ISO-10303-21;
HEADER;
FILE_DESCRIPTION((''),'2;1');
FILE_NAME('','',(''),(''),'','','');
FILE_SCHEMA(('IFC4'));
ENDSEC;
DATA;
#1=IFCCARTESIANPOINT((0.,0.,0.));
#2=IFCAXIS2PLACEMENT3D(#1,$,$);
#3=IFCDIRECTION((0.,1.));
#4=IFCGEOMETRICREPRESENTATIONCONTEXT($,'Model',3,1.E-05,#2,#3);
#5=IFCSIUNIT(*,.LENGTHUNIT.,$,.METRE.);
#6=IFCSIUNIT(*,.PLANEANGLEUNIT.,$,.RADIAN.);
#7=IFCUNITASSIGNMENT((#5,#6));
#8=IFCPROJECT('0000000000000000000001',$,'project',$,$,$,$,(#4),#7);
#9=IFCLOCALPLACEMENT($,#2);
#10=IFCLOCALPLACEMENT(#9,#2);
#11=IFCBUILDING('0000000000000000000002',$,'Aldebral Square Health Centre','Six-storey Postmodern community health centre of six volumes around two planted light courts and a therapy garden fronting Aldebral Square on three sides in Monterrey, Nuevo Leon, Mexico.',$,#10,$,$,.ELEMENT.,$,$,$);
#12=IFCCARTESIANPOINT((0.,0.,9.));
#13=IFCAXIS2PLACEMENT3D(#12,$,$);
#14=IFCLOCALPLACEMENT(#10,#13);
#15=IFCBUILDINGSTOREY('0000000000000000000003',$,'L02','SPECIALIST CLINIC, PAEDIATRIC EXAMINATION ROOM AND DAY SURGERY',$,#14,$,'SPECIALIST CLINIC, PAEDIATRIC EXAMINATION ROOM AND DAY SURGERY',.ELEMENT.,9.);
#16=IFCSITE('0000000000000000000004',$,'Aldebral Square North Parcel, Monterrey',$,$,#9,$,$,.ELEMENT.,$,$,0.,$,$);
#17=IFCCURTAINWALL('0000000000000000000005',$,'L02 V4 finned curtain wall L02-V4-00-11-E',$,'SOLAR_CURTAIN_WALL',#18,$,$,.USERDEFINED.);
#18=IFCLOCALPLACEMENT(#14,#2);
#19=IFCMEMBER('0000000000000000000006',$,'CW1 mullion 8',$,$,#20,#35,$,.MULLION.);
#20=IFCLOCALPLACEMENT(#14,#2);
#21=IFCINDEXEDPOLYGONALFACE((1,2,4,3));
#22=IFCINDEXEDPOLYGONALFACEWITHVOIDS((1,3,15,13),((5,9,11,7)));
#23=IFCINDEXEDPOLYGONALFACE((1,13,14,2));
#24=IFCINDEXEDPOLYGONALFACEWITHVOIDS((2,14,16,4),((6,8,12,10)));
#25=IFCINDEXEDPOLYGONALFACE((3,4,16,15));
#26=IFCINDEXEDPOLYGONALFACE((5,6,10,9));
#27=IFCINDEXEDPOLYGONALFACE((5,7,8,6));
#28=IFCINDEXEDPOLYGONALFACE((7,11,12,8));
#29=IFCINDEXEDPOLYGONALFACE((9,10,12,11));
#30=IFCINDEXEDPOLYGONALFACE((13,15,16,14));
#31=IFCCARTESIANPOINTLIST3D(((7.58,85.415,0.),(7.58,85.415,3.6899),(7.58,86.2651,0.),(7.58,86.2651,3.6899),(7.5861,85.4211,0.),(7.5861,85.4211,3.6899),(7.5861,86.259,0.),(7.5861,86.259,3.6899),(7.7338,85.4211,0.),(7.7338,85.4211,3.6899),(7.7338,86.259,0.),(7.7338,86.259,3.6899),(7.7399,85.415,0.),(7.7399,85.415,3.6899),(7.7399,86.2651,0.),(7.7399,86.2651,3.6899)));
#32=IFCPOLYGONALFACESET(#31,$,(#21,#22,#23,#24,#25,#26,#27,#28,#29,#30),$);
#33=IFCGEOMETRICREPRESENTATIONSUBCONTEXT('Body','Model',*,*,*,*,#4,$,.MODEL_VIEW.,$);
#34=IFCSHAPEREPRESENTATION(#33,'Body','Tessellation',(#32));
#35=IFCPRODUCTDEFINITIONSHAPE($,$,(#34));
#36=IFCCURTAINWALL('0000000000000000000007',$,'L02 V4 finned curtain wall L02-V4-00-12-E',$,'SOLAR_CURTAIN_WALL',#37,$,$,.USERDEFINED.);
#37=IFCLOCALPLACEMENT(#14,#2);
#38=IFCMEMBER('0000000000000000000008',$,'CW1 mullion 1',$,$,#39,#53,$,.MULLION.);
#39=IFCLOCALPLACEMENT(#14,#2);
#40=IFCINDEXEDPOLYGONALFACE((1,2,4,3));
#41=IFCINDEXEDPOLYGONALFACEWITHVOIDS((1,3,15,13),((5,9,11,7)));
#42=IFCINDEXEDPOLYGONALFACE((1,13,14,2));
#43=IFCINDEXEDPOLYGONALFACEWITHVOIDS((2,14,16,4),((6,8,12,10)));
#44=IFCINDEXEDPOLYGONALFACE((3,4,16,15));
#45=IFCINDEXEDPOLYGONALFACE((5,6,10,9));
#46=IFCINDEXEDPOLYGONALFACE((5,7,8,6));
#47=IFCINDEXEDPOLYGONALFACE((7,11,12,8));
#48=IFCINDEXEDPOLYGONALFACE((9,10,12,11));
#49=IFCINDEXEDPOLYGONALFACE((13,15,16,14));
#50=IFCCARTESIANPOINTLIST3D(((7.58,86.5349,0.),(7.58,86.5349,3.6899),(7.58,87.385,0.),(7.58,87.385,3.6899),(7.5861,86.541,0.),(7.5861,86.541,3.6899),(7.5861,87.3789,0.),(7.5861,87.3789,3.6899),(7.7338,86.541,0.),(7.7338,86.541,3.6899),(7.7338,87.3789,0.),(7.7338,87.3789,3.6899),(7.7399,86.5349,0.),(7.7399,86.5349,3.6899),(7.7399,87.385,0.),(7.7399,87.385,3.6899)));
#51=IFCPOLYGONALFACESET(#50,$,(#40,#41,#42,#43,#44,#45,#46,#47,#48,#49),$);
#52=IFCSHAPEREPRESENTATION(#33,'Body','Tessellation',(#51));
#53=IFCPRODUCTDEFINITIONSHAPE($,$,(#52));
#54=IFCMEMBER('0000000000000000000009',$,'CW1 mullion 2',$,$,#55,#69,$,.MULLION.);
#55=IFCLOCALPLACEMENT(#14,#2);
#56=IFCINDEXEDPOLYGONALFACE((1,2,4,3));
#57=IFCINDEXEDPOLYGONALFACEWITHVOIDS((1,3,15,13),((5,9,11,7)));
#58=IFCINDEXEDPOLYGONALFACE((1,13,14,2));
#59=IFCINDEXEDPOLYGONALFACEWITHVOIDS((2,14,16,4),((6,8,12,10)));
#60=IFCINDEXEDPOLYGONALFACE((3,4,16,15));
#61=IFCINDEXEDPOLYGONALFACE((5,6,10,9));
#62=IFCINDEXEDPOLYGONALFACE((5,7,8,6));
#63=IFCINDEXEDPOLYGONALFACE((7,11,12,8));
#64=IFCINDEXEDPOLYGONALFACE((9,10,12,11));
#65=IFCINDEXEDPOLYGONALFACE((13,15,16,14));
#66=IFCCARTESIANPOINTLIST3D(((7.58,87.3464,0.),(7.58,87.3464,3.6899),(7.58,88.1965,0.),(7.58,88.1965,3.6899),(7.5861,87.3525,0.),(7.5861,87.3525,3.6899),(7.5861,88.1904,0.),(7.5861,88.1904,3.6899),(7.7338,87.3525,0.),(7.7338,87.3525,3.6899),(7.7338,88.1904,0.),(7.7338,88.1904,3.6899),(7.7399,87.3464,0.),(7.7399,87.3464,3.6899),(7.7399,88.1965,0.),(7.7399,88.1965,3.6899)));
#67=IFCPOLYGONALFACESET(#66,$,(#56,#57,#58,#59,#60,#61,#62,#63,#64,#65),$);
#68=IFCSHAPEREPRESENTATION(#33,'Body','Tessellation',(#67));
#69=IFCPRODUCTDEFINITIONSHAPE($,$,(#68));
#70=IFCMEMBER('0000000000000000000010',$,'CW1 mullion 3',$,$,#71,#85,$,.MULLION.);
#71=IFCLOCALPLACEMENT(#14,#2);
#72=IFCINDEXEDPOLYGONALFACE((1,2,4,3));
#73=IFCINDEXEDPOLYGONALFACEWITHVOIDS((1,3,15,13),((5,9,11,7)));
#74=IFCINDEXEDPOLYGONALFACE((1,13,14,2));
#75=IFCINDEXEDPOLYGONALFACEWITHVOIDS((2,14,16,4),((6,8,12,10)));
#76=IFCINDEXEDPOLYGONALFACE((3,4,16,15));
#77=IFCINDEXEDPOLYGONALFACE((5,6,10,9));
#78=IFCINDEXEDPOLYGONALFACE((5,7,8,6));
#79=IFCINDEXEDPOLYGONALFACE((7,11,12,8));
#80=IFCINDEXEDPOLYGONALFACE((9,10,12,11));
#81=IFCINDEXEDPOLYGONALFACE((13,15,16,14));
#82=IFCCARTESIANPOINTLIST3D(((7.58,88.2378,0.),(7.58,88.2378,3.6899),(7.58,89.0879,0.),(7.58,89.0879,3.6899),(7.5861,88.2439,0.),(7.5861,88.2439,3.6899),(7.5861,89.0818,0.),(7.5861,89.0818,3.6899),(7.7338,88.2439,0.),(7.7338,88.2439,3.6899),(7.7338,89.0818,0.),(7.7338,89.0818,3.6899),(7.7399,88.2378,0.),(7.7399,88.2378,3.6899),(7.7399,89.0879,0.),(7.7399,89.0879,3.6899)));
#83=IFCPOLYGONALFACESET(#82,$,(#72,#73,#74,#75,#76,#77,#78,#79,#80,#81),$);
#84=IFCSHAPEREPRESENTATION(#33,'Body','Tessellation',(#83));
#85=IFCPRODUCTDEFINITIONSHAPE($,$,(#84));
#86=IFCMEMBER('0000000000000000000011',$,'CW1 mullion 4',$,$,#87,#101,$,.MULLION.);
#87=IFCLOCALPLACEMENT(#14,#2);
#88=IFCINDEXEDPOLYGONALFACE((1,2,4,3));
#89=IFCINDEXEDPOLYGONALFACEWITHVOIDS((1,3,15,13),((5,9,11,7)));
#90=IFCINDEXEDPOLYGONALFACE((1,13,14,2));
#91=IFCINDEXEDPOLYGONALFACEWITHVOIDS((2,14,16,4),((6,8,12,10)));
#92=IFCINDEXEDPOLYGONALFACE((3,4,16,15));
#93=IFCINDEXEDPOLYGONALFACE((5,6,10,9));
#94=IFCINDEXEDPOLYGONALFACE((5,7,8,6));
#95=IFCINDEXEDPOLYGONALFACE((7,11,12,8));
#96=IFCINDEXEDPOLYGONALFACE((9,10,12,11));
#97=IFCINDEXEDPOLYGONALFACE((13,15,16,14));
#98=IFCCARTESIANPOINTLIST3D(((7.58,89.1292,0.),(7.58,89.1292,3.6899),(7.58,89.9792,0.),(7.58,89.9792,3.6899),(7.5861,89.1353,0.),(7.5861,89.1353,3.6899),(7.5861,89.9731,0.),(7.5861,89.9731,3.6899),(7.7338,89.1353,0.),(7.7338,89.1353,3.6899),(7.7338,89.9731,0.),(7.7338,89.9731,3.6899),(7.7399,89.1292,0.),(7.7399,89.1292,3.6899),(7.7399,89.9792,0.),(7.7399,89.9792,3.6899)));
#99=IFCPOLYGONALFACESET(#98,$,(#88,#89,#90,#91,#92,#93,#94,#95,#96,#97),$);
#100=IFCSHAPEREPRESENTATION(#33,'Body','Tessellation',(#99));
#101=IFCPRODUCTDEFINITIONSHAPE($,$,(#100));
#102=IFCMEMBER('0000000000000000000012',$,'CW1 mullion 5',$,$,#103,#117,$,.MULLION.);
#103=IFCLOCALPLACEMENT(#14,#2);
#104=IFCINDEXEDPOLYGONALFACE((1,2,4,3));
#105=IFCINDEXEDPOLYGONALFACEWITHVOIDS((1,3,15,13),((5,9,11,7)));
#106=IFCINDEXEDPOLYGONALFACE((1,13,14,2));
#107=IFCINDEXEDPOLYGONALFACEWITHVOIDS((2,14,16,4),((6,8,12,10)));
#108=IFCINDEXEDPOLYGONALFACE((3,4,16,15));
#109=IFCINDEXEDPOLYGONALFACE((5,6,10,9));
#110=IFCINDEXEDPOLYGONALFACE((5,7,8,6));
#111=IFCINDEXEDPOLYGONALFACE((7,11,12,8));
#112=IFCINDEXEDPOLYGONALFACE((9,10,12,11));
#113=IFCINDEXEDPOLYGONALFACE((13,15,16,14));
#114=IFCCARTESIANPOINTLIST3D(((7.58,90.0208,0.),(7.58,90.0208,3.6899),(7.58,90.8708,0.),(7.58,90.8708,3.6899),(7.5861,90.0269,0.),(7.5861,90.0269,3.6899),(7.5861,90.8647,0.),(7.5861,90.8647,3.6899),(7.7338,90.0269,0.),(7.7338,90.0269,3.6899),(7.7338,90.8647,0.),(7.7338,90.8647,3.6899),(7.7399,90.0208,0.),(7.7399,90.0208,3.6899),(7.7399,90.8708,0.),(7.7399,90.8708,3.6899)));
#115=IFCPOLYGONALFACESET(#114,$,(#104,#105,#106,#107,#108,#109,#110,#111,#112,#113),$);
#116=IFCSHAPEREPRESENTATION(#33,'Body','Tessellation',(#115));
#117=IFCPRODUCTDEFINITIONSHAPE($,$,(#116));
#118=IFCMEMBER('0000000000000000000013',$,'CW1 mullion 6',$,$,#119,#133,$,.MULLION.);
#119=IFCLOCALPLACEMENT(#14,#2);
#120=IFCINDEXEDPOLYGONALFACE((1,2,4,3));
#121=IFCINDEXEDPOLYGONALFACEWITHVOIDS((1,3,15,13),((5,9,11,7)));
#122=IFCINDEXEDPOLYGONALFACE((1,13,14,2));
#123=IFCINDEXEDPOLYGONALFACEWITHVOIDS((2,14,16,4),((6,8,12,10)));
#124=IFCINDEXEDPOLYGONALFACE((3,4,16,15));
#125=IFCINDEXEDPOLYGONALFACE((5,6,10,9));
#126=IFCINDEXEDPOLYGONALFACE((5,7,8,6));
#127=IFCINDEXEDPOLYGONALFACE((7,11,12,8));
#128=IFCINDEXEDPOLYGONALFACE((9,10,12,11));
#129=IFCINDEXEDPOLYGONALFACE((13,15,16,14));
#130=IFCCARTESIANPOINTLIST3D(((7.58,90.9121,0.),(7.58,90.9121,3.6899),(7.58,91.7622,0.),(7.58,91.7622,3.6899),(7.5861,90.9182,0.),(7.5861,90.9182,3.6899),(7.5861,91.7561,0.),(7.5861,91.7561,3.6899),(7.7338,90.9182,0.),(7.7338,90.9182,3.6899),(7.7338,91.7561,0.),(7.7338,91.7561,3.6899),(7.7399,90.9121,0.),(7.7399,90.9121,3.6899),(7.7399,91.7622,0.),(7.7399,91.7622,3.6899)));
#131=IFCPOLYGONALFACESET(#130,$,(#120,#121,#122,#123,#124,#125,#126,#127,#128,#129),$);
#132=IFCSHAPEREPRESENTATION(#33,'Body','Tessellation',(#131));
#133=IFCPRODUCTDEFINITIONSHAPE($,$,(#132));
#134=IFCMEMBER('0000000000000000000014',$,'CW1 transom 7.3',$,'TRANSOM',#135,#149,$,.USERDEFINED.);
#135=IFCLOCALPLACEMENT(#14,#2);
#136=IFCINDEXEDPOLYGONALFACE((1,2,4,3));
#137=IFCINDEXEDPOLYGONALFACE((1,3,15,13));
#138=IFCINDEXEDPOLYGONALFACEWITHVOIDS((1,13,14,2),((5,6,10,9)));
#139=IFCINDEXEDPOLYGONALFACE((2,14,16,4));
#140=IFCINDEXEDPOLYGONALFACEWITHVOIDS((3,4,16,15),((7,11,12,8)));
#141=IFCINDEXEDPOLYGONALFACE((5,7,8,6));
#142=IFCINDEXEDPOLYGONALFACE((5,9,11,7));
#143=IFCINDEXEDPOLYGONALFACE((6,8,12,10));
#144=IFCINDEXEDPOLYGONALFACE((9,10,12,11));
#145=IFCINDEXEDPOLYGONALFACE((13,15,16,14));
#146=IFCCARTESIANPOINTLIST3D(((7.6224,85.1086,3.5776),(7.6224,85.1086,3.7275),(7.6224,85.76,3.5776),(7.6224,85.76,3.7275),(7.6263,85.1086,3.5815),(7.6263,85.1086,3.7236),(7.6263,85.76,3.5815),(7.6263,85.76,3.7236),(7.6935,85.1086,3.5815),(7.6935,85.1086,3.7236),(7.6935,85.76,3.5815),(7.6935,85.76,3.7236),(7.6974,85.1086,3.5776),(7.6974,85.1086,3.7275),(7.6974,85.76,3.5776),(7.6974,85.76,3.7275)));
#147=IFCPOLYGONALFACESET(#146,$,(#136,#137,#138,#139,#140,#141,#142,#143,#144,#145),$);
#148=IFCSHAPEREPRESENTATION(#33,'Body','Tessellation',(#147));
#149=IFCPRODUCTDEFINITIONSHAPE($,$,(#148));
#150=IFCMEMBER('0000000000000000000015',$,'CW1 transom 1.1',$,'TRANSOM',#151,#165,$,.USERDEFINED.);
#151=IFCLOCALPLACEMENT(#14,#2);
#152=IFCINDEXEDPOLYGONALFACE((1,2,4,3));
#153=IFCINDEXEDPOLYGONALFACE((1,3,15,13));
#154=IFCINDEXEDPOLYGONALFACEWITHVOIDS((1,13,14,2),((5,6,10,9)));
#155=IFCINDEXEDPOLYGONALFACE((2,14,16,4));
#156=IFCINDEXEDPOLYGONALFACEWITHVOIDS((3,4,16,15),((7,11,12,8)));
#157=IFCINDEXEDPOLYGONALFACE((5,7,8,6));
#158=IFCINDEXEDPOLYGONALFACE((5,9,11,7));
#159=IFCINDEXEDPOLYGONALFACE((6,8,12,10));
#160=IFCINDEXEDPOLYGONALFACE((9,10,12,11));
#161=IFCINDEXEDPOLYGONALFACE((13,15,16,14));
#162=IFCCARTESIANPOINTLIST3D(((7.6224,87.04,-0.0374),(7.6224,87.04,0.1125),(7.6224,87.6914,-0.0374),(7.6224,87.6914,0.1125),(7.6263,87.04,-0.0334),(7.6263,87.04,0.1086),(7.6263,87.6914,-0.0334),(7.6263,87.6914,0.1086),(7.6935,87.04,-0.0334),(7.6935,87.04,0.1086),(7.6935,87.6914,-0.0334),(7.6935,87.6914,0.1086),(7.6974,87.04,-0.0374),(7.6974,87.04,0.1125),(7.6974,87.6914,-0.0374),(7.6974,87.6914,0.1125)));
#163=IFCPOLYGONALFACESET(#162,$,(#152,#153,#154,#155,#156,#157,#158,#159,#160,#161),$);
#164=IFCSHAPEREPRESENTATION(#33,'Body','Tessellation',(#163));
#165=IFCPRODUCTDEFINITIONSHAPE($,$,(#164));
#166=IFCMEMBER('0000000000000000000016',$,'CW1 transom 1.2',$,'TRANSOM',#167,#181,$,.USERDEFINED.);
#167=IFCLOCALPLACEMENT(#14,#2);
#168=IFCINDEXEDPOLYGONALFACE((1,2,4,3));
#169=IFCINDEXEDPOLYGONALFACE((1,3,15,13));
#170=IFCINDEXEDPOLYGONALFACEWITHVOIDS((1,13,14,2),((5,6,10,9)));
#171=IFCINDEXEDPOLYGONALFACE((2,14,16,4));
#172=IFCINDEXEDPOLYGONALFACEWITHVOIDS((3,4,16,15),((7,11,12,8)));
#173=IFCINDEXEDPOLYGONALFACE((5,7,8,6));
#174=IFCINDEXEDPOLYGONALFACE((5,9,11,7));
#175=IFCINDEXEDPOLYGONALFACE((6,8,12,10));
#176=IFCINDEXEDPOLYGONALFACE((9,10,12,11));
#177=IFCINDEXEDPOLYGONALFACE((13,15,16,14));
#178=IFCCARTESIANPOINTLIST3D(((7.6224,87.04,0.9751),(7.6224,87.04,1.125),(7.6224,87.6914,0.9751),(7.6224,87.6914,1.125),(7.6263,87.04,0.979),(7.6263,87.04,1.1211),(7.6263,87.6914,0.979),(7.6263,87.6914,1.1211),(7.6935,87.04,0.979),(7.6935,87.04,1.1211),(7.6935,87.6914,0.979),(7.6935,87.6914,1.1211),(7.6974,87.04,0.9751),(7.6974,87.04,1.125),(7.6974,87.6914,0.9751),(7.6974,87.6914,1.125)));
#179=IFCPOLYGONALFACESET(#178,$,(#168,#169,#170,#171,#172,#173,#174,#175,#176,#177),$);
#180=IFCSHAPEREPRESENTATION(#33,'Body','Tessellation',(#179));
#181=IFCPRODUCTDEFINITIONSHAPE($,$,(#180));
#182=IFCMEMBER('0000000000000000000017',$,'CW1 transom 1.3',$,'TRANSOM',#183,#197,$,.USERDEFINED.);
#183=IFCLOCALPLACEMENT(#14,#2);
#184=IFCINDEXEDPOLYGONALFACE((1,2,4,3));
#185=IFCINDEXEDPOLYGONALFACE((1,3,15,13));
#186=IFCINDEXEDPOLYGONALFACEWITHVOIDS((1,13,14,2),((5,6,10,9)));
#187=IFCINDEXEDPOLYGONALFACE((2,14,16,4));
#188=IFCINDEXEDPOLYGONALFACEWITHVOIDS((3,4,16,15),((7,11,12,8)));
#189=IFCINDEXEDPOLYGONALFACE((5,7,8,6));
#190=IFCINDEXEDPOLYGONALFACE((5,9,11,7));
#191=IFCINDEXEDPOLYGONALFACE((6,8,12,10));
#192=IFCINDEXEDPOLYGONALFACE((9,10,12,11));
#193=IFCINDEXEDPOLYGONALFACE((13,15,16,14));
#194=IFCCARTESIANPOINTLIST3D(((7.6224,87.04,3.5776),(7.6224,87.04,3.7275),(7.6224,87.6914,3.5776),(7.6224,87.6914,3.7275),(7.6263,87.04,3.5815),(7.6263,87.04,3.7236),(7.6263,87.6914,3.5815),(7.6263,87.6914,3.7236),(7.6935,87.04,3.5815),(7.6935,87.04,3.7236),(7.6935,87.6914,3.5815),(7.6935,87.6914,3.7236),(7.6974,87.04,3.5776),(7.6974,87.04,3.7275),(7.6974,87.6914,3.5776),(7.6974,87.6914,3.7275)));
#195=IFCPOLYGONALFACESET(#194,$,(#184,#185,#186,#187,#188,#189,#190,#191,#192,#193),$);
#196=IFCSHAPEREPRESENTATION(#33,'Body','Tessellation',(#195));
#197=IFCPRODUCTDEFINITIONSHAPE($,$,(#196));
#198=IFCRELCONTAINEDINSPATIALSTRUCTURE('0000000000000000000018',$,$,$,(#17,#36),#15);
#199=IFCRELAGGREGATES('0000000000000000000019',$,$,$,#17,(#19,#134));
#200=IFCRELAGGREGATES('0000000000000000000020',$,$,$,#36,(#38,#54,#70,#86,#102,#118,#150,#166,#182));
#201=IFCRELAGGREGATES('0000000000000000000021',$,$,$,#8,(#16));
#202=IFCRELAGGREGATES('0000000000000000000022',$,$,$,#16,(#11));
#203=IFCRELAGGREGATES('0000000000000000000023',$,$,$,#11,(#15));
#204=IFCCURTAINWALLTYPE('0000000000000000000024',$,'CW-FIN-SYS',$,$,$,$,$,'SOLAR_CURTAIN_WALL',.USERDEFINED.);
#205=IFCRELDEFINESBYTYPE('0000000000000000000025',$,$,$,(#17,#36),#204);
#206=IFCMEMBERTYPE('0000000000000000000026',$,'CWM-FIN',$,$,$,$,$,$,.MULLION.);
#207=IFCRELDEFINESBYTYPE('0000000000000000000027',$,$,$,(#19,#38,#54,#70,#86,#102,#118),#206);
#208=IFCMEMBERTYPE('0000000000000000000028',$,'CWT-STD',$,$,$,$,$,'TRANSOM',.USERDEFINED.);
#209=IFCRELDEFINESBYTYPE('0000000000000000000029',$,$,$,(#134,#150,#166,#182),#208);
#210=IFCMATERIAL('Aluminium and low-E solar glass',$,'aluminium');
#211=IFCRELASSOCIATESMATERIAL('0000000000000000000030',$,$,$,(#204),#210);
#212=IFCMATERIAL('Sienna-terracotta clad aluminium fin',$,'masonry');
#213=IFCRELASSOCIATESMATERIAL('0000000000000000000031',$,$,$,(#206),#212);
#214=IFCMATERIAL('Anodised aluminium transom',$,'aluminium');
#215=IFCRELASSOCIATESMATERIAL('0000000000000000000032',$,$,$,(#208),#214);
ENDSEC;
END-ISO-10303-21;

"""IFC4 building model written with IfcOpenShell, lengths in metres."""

from ifc_helpers import new_model, si_unit, direction, frame, origin, origin_2d, place, context, subcontext, project, spatial, hollow_rectangle, extrude, material, material_profile, profile_set, type_object, element, aggregate, save


model = new_model("IFC4")

# Units and contexts
model_context = context("Model", 3, precision=1e-05, world=origin(), true_north=direction((0.0, 1.0)))
body_context = subcontext(model_context, "Body", "Model", "MODEL_VIEW")
ifc_project = project(units=[si_unit("LENGTHUNIT", "METRE"), si_unit("PLANEANGLEUNIT", "RADIAN")], contexts=[model_context])

# Site, building, storey
site_placement = place(None, origin())
site = spatial("IfcSite", under=ifc_project, at=site_placement, Name="Aldebral Square North Parcel, Monterrey", CompositionType="ELEMENT", RefElevation=0.0)
building_placement = place(site_placement, origin())
building = spatial("IfcBuilding", under=site, at=building_placement, Name="Aldebral Square Health Centre", Description="Six-storey Postmodern community health centre of six volumes around two planted light courts and a therapy garden fronting Aldebral Square on three sides in Monterrey, Nuevo Leon, Mexico.", CompositionType="ELEMENT")
storey_placement = place(building_placement, frame((0.0, 0.0, 9.0)))
storey = spatial("IfcBuildingStorey", under=building, at=storey_placement, Name="L02", Description="SPECIALIST CLINIC, PAEDIATRIC EXAMINATION ROOM AND DAY SURGERY", LongName="SPECIALIST CLINIC, PAEDIATRIC EXAMINATION ROOM AND DAY SURGERY", CompositionType="ELEMENT", Elevation=9.0)

# Curtain wall, member
ifc_material_1 = material(Name="Aluminium and low-E solar glass", Category="aluminium")
curtain_wall_type = type_object("IfcCurtainWallType", Name="CW-FIN-SYS", ElementType="SOLAR_CURTAIN_WALL", PredefinedType="USERDEFINED", material=ifc_material_1)
curtain_wall_1_placement = place(storey_placement, origin())
curtain_wall_1 = element("IfcCurtainWall", 1, at=curtain_wall_1_placement, inside=storey, type_object=curtain_wall_type, Name="L02 V4 finned curtain wall L02-V4-00-11-E", ObjectType="SOLAR_CURTAIN_WALL", PredefinedType="USERDEFINED")
ifc_material_2 = material(Name="Sienna-terracotta clad aluminium fin", Category="masonry")
ifc_material_profile_1 = material_profile(ifc_material_2, hollow_rectangle(XDim=0.1599, YDim=0.8501, WallThickness=0.0061, at=origin_2d()), Name="FIN 160x850x6")
ifc_profile_set_1 = profile_set([ifc_material_profile_1], Name="Sienna-terracotta clad aluminium fin")
member_type_1 = type_object("IfcMemberType", Name="CWM-FIN", PredefinedType="MULLION", material=ifc_profile_set_1)
member_1_placement = place(storey_placement, frame((7.6599, 85.8401, 0.0), z_axis=(0.0, 0.0, 1.0), x_axis=(-1.0, 0.0, 0.0)))
member_1 = element("IfcMember", 2, at=member_1_placement, type_object=member_type_1, Name="CW1 mullion 8", PredefinedType="MULLION", context=body_context, shape_type="SweptSolid", body=[
    extrude(hollow_rectangle(XDim=0.1599, YDim=0.8501, WallThickness=0.0061, at=origin_2d()), origin(), (0.0, 0.0, 1.0), 3.6899),
])

# Curtain wall, members
curtain_wall_2_placement = place(storey_placement, origin())
curtain_wall_2 = element("IfcCurtainWall", 3, at=curtain_wall_2_placement, inside=storey, type_object=curtain_wall_type, Name="L02 V4 finned curtain wall L02-V4-00-12-E", ObjectType="SOLAR_CURTAIN_WALL", PredefinedType="USERDEFINED")
member_2_placement = place(storey_placement, frame((7.6599, 86.96, 0.0), z_axis=(0.0, 0.0, 1.0), x_axis=(-1.0, 0.0, 0.0)))
member_2 = element("IfcMember", 4, at=member_2_placement, type_object=member_type_1, Name="CW1 mullion 1", PredefinedType="MULLION", context=body_context, shape_type="SweptSolid", body=[
    extrude(hollow_rectangle(XDim=0.1599, YDim=0.8501, WallThickness=0.0061, at=origin_2d()), origin(), (0.0, 0.0, 1.0), 3.6899),
])
member_3_placement = place(storey_placement, frame((7.6599, 87.7715, 0.0), z_axis=(0.0, 0.0, 1.0), x_axis=(-1.0, 0.0, 0.0)))
member_3 = element("IfcMember", 5, at=member_3_placement, type_object=member_type_1, Name="CW1 mullion 2", PredefinedType="MULLION", context=body_context, shape_type="SweptSolid", body=[
    extrude(hollow_rectangle(XDim=0.1599, YDim=0.8501, WallThickness=0.0061, at=origin_2d()), origin(), (0.0, 0.0, 1.0), 3.6899),
])
member_4_placement = place(storey_placement, frame((7.6599, 88.6628, 0.0), z_axis=(0.0, 0.0, 1.0), x_axis=(-1.0, 0.0, 0.0)))
member_4 = element("IfcMember", 6, at=member_4_placement, type_object=member_type_1, Name="CW1 mullion 3", PredefinedType="MULLION", context=body_context, shape_type="SweptSolid", body=[
    extrude(hollow_rectangle(XDim=0.1599, YDim=0.8501, WallThickness=0.0061, at=origin_2d()), origin(), (0.0, 0.0, 1.0), 3.6899),
])
member_5_placement = place(storey_placement, frame((7.6599, 89.5542, 0.0), z_axis=(0.0, 0.0, 1.0), x_axis=(-1.0, 0.0, 0.0)))
member_5 = element("IfcMember", 7, at=member_5_placement, type_object=member_type_1, Name="CW1 mullion 4", PredefinedType="MULLION", context=body_context, shape_type="SweptSolid", body=[
    extrude(hollow_rectangle(XDim=0.1599, YDim=0.8501, WallThickness=0.0061, at=origin_2d()), origin(), (0.0, 0.0, 1.0), 3.6899),
])
member_6_placement = place(storey_placement, frame((7.6599, 90.4458, 0.0), z_axis=(0.0, 0.0, 1.0), x_axis=(-1.0, 0.0, 0.0)))
member_6 = element("IfcMember", 8, at=member_6_placement, type_object=member_type_1, Name="CW1 mullion 5", PredefinedType="MULLION", context=body_context, shape_type="SweptSolid", body=[
    extrude(hollow_rectangle(XDim=0.1599, YDim=0.8501, WallThickness=0.0061, at=origin_2d()), origin(), (0.0, 0.0, 1.0), 3.6899),
])
member_7_placement = place(storey_placement, frame((7.6599, 91.3372, 0.0), z_axis=(0.0, 0.0, 1.0), x_axis=(-1.0, 0.0, 0.0)))
member_7 = element("IfcMember", 9, at=member_7_placement, type_object=member_type_1, Name="CW1 mullion 6", PredefinedType="MULLION", context=body_context, shape_type="SweptSolid", body=[
    extrude(hollow_rectangle(XDim=0.1599, YDim=0.8501, WallThickness=0.0061, at=origin_2d()), origin(), (0.0, 0.0, 1.0), 3.6899),
])

# Members
ifc_material_3 = material(Name="Anodised aluminium transom", Category="aluminium")
ifc_material_profile_2 = material_profile(ifc_material_3, hollow_rectangle(XDim=0.075, YDim=0.1499, WallThickness=0.0039, at=origin_2d()), Name="CWT 75x150x4")
ifc_profile_set_2 = profile_set([ifc_material_profile_2], Name="Anodised aluminium transom")
member_type_2 = type_object("IfcMemberType", Name="CWT-STD", ElementType="TRANSOM", PredefinedType="USERDEFINED", material=ifc_profile_set_2)
member_8_placement = place(storey_placement, frame((7.6599, 85.1086, 3.6526), z_axis=(0.0, 1.0, 0.0), x_axis=(-1.0, 0.0, 0.0)))
member_8 = element("IfcMember", 10, at=member_8_placement, type_object=member_type_2, Name="CW1 transom 7.3", ObjectType="TRANSOM", PredefinedType="USERDEFINED", context=body_context, shape_type="SweptSolid", body=[
    extrude(hollow_rectangle(XDim=0.075, YDim=0.1499, WallThickness=0.0039, at=origin_2d()), origin(), (0.0, 0.0, 1.0), 0.6514),
])
member_9_placement = place(storey_placement, frame((7.6599, 87.04, 0.0376), z_axis=(0.0, 1.0, 0.0), x_axis=(-1.0, 0.0, 0.0)))
member_9 = element("IfcMember", 11, at=member_9_placement, type_object=member_type_2, Name="CW1 transom 1.1", ObjectType="TRANSOM", PredefinedType="USERDEFINED", context=body_context, shape_type="SweptSolid", body=[
    extrude(hollow_rectangle(XDim=0.075, YDim=0.1499, WallThickness=0.0039, at=origin_2d()), origin(), (0.0, 0.0, 1.0), 0.6514),
])
member_10_placement = place(storey_placement, frame((7.6599, 87.04, 1.05), z_axis=(0.0, 1.0, 0.0), x_axis=(-1.0, 0.0, 0.0)))
member_10 = element("IfcMember", 12, at=member_10_placement, type_object=member_type_2, Name="CW1 transom 1.2", ObjectType="TRANSOM", PredefinedType="USERDEFINED", context=body_context, shape_type="SweptSolid", body=[
    extrude(hollow_rectangle(XDim=0.075, YDim=0.1499, WallThickness=0.0039, at=origin_2d()), origin(), (0.0, 0.0, 1.0), 0.6514),
])
member_11_placement = place(storey_placement, frame((7.6599, 87.04, 3.6526), z_axis=(0.0, 1.0, 0.0), x_axis=(-1.0, 0.0, 0.0)))
member_11 = element("IfcMember", 13, at=member_11_placement, type_object=member_type_2, Name="CW1 transom 1.3", ObjectType="TRANSOM", PredefinedType="USERDEFINED", context=body_context, shape_type="SweptSolid", body=[
    extrude(hollow_rectangle(XDim=0.075, YDim=0.1499, WallThickness=0.0039, at=origin_2d()), origin(), (0.0, 0.0, 1.0), 0.6514),
])

aggregate(curtain_wall_1, [member_1, member_8])
aggregate(curtain_wall_2, [member_2, member_3, member_4, member_5, member_6, member_7, member_9, member_10, member_11])

save(model, "model.ifc")
